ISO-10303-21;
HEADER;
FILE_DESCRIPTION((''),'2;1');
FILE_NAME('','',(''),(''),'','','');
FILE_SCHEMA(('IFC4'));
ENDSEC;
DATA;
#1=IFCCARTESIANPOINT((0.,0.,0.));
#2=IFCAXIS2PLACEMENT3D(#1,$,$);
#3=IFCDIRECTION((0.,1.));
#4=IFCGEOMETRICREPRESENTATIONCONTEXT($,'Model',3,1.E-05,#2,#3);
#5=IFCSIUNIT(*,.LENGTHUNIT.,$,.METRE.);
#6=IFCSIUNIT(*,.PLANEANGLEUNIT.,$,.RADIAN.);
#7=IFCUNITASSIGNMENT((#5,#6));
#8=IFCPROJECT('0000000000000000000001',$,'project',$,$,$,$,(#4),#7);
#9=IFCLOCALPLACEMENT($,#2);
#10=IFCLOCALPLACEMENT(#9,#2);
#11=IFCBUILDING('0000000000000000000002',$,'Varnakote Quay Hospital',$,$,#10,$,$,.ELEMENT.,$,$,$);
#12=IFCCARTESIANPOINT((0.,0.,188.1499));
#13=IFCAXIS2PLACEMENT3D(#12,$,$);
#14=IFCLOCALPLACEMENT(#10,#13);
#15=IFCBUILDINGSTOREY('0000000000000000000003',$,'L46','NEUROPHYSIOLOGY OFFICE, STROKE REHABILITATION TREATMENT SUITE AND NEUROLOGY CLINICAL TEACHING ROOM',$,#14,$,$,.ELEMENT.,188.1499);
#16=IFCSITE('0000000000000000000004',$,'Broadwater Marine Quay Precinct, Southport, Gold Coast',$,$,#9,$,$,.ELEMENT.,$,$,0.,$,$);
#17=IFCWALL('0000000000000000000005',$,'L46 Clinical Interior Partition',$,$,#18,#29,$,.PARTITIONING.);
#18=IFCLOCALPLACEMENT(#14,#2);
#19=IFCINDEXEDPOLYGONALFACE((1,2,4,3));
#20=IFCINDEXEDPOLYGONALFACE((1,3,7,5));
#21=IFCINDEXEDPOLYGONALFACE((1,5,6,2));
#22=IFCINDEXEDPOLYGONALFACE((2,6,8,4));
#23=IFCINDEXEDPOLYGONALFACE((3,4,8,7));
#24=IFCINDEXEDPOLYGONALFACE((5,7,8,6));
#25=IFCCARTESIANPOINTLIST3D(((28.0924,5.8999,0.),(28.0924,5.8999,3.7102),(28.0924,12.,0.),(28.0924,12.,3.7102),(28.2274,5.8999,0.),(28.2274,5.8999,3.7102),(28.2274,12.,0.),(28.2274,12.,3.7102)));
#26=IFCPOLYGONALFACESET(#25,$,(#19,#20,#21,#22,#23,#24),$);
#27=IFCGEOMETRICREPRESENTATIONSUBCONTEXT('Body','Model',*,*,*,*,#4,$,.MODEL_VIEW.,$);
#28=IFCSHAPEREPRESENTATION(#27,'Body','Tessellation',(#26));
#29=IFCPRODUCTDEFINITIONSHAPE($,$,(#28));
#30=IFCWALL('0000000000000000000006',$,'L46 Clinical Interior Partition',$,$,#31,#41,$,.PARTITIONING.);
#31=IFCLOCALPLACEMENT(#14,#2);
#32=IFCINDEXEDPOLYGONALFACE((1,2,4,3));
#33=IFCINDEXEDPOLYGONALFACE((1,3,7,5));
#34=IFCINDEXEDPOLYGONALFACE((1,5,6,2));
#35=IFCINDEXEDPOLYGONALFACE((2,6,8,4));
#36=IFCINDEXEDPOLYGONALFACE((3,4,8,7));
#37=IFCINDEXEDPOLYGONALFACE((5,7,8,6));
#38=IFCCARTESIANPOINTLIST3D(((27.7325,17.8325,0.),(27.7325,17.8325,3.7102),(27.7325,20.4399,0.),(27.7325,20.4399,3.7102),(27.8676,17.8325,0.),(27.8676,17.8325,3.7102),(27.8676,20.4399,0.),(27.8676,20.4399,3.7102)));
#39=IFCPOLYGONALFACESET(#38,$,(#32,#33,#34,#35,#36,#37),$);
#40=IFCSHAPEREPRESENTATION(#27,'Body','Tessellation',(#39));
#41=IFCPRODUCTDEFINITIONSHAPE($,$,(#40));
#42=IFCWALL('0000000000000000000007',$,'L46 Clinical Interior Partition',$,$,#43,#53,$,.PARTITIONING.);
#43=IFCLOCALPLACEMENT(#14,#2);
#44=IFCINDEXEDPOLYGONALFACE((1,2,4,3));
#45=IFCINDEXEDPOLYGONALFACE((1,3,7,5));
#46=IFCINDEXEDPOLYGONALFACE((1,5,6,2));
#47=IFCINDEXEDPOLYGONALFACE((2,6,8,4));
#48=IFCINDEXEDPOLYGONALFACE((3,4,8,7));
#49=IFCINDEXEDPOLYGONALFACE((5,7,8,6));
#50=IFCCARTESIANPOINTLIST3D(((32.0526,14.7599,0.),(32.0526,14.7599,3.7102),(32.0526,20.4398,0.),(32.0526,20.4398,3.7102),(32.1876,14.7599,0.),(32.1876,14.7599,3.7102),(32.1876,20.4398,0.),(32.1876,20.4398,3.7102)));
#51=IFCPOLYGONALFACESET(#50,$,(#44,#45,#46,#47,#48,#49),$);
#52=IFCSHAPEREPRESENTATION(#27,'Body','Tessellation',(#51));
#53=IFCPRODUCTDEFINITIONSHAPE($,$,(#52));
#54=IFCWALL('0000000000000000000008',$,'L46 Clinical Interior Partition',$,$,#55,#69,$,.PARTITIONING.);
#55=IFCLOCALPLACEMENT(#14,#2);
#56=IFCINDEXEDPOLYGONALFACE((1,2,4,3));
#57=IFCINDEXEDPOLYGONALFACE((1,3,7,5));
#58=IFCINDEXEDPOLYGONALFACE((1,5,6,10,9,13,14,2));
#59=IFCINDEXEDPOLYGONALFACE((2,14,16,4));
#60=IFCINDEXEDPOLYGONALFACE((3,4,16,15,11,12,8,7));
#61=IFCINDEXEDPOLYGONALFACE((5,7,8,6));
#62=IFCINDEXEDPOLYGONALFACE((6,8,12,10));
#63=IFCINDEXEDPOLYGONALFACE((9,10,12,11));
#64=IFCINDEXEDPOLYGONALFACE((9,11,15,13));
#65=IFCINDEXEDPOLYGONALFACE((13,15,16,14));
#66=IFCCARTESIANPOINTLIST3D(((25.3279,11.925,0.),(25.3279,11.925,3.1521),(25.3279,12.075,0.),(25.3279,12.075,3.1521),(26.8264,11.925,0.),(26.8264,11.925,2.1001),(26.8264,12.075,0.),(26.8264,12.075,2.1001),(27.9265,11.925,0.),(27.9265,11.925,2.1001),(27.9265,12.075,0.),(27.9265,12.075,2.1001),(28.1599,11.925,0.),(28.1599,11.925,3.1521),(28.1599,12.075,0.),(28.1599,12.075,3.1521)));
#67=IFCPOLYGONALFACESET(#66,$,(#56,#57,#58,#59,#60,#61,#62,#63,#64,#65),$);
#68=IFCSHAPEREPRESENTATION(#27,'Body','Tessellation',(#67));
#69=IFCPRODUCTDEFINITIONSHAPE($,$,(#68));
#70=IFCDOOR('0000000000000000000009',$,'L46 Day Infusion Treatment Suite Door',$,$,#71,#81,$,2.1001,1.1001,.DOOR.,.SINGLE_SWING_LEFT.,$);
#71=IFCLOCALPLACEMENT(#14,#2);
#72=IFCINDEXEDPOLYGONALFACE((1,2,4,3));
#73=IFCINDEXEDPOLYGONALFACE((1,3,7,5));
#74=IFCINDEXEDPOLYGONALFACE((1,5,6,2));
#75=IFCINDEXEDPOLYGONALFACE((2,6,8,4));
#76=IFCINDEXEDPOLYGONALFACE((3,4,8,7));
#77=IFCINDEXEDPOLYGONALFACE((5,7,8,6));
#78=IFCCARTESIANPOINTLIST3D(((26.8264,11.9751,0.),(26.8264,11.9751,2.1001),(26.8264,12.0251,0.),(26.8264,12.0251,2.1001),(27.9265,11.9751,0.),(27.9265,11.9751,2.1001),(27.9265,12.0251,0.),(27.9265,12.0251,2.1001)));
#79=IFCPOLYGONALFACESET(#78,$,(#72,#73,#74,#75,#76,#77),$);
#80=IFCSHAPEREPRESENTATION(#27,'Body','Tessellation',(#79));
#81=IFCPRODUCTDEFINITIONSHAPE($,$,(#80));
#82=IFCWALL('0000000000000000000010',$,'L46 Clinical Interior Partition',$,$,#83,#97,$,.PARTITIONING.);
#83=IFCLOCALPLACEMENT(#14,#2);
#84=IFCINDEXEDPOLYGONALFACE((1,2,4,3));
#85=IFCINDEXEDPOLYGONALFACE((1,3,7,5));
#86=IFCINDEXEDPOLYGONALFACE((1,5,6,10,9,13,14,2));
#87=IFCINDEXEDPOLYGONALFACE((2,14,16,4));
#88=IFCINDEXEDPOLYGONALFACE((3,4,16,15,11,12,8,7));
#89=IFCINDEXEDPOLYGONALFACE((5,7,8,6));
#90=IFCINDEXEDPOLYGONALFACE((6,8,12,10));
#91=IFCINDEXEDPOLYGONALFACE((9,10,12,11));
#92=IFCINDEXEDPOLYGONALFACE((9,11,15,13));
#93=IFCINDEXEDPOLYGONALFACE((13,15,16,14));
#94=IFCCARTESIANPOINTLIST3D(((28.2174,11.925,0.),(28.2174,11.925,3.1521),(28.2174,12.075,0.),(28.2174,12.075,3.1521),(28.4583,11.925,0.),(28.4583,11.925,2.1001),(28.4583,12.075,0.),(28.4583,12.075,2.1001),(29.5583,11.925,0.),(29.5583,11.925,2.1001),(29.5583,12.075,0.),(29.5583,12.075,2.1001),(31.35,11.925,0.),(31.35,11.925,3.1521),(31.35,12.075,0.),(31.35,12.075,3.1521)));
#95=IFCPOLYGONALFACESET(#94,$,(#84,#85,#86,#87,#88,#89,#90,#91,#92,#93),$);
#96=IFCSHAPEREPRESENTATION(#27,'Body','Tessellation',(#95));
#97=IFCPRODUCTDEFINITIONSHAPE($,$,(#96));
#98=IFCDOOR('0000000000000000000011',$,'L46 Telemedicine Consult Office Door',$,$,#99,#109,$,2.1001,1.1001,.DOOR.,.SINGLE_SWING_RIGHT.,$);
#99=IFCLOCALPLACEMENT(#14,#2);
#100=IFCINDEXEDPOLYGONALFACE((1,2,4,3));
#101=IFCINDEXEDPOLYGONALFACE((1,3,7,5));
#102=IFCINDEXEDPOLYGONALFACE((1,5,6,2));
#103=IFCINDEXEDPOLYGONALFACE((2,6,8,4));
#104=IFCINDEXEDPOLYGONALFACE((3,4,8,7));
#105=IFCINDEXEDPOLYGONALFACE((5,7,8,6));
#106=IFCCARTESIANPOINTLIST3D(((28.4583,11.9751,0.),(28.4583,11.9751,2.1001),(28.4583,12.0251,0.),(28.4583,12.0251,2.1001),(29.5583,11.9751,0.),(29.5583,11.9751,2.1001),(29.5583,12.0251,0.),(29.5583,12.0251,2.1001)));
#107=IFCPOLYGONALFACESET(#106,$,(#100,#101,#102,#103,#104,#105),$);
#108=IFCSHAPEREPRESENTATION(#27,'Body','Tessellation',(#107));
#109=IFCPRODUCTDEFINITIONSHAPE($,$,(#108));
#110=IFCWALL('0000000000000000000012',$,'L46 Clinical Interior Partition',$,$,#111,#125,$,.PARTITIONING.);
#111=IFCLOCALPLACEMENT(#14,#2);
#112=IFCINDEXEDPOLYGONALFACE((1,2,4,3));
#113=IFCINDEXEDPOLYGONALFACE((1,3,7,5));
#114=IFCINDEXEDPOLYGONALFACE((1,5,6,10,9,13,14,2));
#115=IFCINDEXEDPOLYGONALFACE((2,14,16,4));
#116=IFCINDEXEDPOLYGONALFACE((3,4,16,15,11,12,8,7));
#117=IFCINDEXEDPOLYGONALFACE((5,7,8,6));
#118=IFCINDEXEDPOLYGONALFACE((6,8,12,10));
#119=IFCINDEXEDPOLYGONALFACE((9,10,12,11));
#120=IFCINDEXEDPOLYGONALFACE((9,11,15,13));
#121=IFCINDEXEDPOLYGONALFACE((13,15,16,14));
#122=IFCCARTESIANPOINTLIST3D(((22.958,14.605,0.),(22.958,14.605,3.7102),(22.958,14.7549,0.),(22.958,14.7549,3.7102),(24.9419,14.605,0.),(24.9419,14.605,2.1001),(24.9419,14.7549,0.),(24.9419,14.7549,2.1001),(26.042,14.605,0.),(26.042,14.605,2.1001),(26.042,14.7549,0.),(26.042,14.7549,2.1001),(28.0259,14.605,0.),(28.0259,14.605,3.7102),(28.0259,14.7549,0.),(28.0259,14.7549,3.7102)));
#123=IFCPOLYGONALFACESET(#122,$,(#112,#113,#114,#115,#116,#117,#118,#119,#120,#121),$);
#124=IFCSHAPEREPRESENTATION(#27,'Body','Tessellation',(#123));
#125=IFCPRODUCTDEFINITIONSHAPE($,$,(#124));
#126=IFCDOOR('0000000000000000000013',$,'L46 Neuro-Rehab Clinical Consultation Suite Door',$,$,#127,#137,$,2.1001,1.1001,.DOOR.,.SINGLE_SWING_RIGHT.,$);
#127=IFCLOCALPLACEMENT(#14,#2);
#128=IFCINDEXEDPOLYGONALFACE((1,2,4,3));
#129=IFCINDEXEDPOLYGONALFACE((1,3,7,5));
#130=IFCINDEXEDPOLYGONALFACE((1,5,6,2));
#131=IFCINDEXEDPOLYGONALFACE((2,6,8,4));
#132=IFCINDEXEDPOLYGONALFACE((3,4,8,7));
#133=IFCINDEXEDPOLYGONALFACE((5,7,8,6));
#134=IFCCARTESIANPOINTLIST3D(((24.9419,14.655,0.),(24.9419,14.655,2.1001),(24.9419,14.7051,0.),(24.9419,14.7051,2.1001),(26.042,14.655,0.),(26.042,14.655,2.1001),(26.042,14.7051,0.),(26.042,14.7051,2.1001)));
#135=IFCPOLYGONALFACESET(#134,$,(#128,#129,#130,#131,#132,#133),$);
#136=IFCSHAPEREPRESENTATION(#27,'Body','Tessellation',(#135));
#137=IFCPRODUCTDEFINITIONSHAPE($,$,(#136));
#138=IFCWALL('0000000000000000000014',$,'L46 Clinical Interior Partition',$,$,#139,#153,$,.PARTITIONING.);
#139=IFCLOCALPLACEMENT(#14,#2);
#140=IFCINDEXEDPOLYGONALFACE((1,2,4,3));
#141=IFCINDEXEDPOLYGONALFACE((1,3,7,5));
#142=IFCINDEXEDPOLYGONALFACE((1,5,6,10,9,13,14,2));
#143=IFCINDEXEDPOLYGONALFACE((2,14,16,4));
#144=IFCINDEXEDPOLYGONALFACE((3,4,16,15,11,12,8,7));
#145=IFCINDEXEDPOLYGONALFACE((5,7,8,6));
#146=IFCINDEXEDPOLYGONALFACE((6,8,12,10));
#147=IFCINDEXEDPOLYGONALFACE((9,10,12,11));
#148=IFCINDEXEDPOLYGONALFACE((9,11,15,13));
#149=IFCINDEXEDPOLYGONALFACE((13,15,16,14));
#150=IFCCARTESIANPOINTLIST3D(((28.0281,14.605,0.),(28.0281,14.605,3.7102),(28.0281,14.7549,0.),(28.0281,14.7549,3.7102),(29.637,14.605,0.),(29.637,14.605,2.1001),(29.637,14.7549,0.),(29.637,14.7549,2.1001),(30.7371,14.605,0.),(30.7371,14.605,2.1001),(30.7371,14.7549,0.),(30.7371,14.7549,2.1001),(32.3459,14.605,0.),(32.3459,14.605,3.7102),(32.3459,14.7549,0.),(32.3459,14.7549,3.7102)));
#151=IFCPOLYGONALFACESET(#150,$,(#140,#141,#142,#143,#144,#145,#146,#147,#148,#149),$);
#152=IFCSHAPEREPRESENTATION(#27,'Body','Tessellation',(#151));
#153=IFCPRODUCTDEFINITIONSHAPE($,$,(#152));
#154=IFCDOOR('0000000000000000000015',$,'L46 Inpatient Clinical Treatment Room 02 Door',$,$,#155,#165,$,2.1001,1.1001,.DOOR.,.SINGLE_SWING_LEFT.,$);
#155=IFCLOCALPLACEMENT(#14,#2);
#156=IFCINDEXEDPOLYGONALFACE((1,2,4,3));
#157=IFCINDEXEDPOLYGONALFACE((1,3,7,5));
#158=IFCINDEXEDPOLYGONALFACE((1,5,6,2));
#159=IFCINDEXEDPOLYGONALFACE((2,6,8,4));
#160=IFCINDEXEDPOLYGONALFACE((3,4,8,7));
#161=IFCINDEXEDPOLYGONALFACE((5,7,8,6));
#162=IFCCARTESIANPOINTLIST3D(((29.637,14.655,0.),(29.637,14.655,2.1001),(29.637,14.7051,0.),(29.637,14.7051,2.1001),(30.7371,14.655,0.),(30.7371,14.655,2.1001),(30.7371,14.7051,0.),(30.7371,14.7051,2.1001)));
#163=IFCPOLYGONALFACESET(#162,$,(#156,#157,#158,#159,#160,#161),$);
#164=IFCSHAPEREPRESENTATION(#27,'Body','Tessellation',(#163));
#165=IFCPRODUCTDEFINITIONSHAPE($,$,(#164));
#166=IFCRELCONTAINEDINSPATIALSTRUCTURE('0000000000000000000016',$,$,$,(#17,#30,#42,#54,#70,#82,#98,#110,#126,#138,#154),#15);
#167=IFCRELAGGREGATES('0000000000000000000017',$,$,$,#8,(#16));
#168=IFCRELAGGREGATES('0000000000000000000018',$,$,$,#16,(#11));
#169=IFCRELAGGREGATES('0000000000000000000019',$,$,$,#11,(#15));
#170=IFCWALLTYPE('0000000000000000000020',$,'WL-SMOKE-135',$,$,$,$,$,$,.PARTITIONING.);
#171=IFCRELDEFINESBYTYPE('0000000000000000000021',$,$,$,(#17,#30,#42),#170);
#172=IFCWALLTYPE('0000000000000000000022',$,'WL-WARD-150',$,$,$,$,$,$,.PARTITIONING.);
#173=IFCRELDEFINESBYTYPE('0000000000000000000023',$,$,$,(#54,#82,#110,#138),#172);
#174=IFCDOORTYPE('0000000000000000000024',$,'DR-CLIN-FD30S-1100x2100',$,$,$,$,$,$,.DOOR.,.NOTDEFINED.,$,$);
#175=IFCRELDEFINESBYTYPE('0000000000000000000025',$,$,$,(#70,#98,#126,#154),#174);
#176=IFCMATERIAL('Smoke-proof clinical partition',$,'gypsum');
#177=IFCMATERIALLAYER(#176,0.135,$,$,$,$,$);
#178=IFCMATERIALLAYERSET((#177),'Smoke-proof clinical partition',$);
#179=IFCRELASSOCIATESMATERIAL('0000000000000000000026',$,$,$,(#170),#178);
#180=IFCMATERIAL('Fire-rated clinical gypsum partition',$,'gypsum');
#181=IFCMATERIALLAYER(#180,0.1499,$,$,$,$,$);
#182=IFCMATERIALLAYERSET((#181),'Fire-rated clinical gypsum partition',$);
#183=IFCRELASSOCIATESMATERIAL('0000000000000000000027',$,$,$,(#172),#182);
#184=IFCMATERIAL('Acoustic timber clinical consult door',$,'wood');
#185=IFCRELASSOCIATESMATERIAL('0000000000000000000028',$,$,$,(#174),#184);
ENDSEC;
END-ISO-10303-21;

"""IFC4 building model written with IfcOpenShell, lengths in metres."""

from ifc_helpers import new_model, si_unit, direction, frame, frame_2d, origin, place, context, subcontext, project, spatial, rectangle, extrude, material, layer, layer_set, type_object, element, fill, save


model = new_model("IFC4")

# Units and contexts
model_context = context("Model", 3, precision=1e-05, world=origin(), true_north=direction((0.0, 1.0)))
body_context = subcontext(model_context, "Body", "Model", "MODEL_VIEW")
ifc_project = project(units=[si_unit("LENGTHUNIT", "METRE"), si_unit("PLANEANGLEUNIT", "RADIAN")], contexts=[model_context])

# Site, building, storey
site_placement = place(None, origin())
site = spatial("IfcSite", under=ifc_project, at=site_placement, Name="Broadwater Marine Quay Precinct, Southport, Gold Coast", CompositionType="ELEMENT", RefElevation=0.0)
building_placement = place(site_placement, origin())
building = spatial("IfcBuilding", under=site, at=building_placement, Name="Varnakote Quay Hospital", CompositionType="ELEMENT")
storey_placement = place(building_placement, frame((0.0, 0.0, 188.1499)))
storey = spatial("IfcBuildingStorey", under=building, at=storey_placement, Name="L46", Description="NEUROPHYSIOLOGY OFFICE, STROKE REHABILITATION TREATMENT SUITE AND NEUROLOGY CLINICAL TEACHING ROOM", CompositionType="ELEMENT", Elevation=188.1499)

# Walls
ifc_material_1 = material(Name="Smoke-proof clinical partition", Category="gypsum")
ifc_layer_1 = layer(ifc_material_1, 0.135)
ifc_layer_set_1 = layer_set([ifc_layer_1], Name="Smoke-proof clinical partition")
wall_type_1 = type_object("IfcWallType", Name="WL-SMOKE-135", PredefinedType="PARTITIONING", material=ifc_layer_set_1)
wall_1_placement = place(storey_placement, frame((28.1599, 5.8999, 0.0), z_axis=(0.0, 0.0, 1.0), x_axis=(0.0, 1.0, 0.0)))
element("IfcWall", 1, at=wall_1_placement, inside=storey, type_object=wall_type_1, Name="L46 Clinical Interior Partition", PredefinedType="PARTITIONING", context=body_context, shape_type="SweptSolid", body=[
    extrude(rectangle(XDim=6.1001, YDim=0.135, at=frame_2d((3.05, 0.0))), origin(), (0.0, 0.0, 1.0), 3.7102),
])
wall_2_placement = place(storey_placement, frame((27.8, 17.8325, 0.0), z_axis=(0.0, 0.0, 1.0), x_axis=(0.0, 1.0, 0.0)))
element("IfcWall", 2, at=wall_2_placement, inside=storey, type_object=wall_type_1, Name="L46 Clinical Interior Partition", PredefinedType="PARTITIONING", context=body_context, shape_type="SweptSolid", body=[
    extrude(rectangle(XDim=2.6074, YDim=0.135, at=frame_2d((1.3037, 0.0))), origin(), (0.0, 0.0, 1.0), 3.7102),
])
wall_3_placement = place(storey_placement, frame((32.1201, 14.76, 0.0), z_axis=(0.0, 0.0, 1.0), x_axis=(0.0, 1.0, 0.0)))
element("IfcWall", 3, at=wall_3_placement, inside=storey, type_object=wall_type_1, Name="L46 Clinical Interior Partition", PredefinedType="PARTITIONING", context=body_context, shape_type="SweptSolid", body=[
    extrude(rectangle(XDim=5.6799, YDim=0.135, at=frame_2d((2.8398, 0.0))), origin(), (0.0, 0.0, 1.0), 3.7102),
])

# Walls, openings, doors
ifc_material_2 = material(Name="Fire-rated clinical gypsum partition", Category="gypsum")
ifc_layer_2 = layer(ifc_material_2, 0.1499)
ifc_layer_set_2 = layer_set([ifc_layer_2], Name="Fire-rated clinical gypsum partition")
wall_type_2 = type_object("IfcWallType", Name="WL-WARD-150", PredefinedType="PARTITIONING", material=ifc_layer_set_2)
wall_4_placement = place(storey_placement, frame((28.1599, 12.0, 0.0), z_axis=(0.0, 0.0, 1.0), x_axis=(-1.0, 0.0, 0.0)))
wall_4 = element("IfcWall", 4, at=wall_4_placement, inside=storey, type_object=wall_type_2, Name="L46 Clinical Interior Partition", PredefinedType="PARTITIONING", context=body_context, shape_type="SweptSolid", body=[
    extrude(rectangle(XDim=2.832, YDim=0.1499, at=frame_2d((1.416, 0.0))), origin(), (0.0, 0.0, 1.0), 3.1521),
])
opening_1_placement = place(wall_4_placement, frame((0.2334, 0.0, 0.0)))
opening_1 = element("IfcOpeningElement", 5, at=opening_1_placement, cuts=wall_4, PredefinedType="OPENING", context=body_context, shape_type="SweptSolid", body=[
    extrude(rectangle(XDim=1.1001, YDim=2.1001, at=frame_2d((0.55, 1.05))), frame((0.0, 0.085, 0.0), z_axis=(0.0, -1.0, 0.0), x_axis=(1.0, 0.0, 0.0)), (0.0, 0.0, 1.0), 0.1699),
])
ifc_material_3 = material(Name="Acoustic timber clinical consult door", Category="wood")
door_type_1 = type_object("IfcDoorType", Name="DR-CLIN-FD30S-1100x2100", OperationType="NOTDEFINED", PredefinedType="DOOR", material=ifc_material_3)
door_1_placement = place(opening_1_placement, origin())
door_1 = element("IfcDoor", 6, at=door_1_placement, inside=storey, type_object=door_type_1, Name="L46 Day Infusion Treatment Suite Door", OperationType="SINGLE_SWING_LEFT", OverallHeight=2.1001, OverallWidth=1.1001, PredefinedType="DOOR", context=body_context, shape_type="SweptSolid", body=[
    extrude(rectangle(XDim=1.1001, YDim=2.1001, at=frame_2d((0.55, 1.05))), frame((0.0, 0.0249, 0.0), z_axis=(0.0, -1.0, 0.0), x_axis=(1.0, 0.0, 0.0)), (0.0, 0.0, 1.0), 0.05),
])
fill(opening_1, door_1)
wall_5_placement = place(storey_placement, frame((31.3501, 12.0, 0.0), z_axis=(0.0, 0.0, 1.0), x_axis=(-1.0, 0.0, 0.0)))
wall_5 = element("IfcWall", 7, at=wall_5_placement, inside=storey, type_object=wall_type_2, Name="L46 Clinical Interior Partition", PredefinedType="PARTITIONING", context=body_context, shape_type="SweptSolid", body=[
    extrude(rectangle(XDim=3.1326, YDim=0.1499, at=frame_2d((1.5664, 0.0))), origin(), (0.0, 0.0, 1.0), 3.1521),
])
opening_2_placement = place(wall_5_placement, frame((1.7917, 0.0, 0.0)))
opening_2 = element("IfcOpeningElement", 8, at=opening_2_placement, cuts=wall_5, PredefinedType="OPENING", context=body_context, shape_type="SweptSolid", body=[
    extrude(rectangle(XDim=1.1001, YDim=2.1001, at=frame_2d((0.55, 1.05))), frame((0.0, 0.085, 0.0), z_axis=(0.0, -1.0, 0.0), x_axis=(1.0, 0.0, 0.0)), (0.0, 0.0, 1.0), 0.1699),
])
door_2_placement = place(opening_2_placement, origin())
door_2 = element("IfcDoor", 9, at=door_2_placement, inside=storey, type_object=door_type_1, Name="L46 Telemedicine Consult Office Door", OperationType="SINGLE_SWING_RIGHT", OverallHeight=2.1001, OverallWidth=1.1001, PredefinedType="DOOR", context=body_context, shape_type="SweptSolid", body=[
    extrude(rectangle(XDim=1.1001, YDim=2.1001, at=frame_2d((0.55, 1.05))), frame((0.0, 0.0249, 0.0), z_axis=(0.0, -1.0, 0.0), x_axis=(1.0, 0.0, 0.0)), (0.0, 0.0, 1.0), 0.05),
])
fill(opening_2, door_2)
wall_6_placement = place(storey_placement, frame((28.0259, 14.6799, 0.0), z_axis=(0.0, 0.0, 1.0), x_axis=(-1.0, 0.0, 0.0)))
wall_6 = element("IfcWall", 10, at=wall_6_placement, inside=storey, type_object=wall_type_2, Name="L46 Clinical Interior Partition", PredefinedType="PARTITIONING", context=body_context, shape_type="SweptSolid", body=[
    extrude(rectangle(XDim=5.0679, YDim=0.1499, at=frame_2d((2.5339, 0.0))), origin(), (0.0, 0.0, 1.0), 3.7102),
])
opening_3_placement = place(wall_6_placement, frame((1.9839, 0.0, 0.0)))
opening_3 = element("IfcOpeningElement", 11, at=opening_3_placement, cuts=wall_6, PredefinedType="OPENING", context=body_context, shape_type="SweptSolid", body=[
    extrude(rectangle(XDim=1.1001, YDim=2.1001, at=frame_2d((0.55, 1.05))), frame((0.0, 0.085, 0.0), z_axis=(0.0, -1.0, 0.0), x_axis=(1.0, 0.0, 0.0)), (0.0, 0.0, 1.0), 0.1699),
])
door_3_placement = place(opening_3_placement, origin())
door_3 = element("IfcDoor", 12, at=door_3_placement, inside=storey, type_object=door_type_1, Name="L46 Neuro-Rehab Clinical Consultation Suite Door", OperationType="SINGLE_SWING_RIGHT", OverallHeight=2.1001, OverallWidth=1.1001, PredefinedType="DOOR", context=body_context, shape_type="SweptSolid", body=[
    extrude(rectangle(XDim=1.1001, YDim=2.1001, at=frame_2d((0.55, 1.05))), frame((0.0, 0.0249, 0.0), z_axis=(0.0, -1.0, 0.0), x_axis=(1.0, 0.0, 0.0)), (0.0, 0.0, 1.0), 0.05),
])
fill(opening_3, door_3)
wall_7_placement = place(storey_placement, frame((32.3459, 14.6799, 0.0), z_axis=(0.0, 0.0, 1.0), x_axis=(-1.0, 0.0, 0.0)))
wall_7 = element("IfcWall", 13, at=wall_7_placement, inside=storey, type_object=wall_type_2, Name="L46 Clinical Interior Partition", PredefinedType="PARTITIONING", context=body_context, shape_type="SweptSolid", body=[
    extrude(rectangle(XDim=4.3179, YDim=0.1499, at=frame_2d((2.1589, 0.0))), origin(), (0.0, 0.0, 1.0), 3.7102),
])
opening_4_placement = place(wall_7_placement, frame((1.6089, 0.0, 0.0)))
opening_4 = element("IfcOpeningElement", 14, at=opening_4_placement, cuts=wall_7, PredefinedType="OPENING", context=body_context, shape_type="SweptSolid", body=[
    extrude(rectangle(XDim=1.1001, YDim=2.1001, at=frame_2d((0.55, 1.05))), frame((0.0, 0.085, 0.0), z_axis=(0.0, -1.0, 0.0), x_axis=(1.0, 0.0, 0.0)), (0.0, 0.0, 1.0), 0.1699),
])
door_4_placement = place(opening_4_placement, origin())
door_4 = element("IfcDoor", 15, at=door_4_placement, inside=storey, type_object=door_type_1, Name="L46 Inpatient Clinical Treatment Room 02 Door", OperationType="SINGLE_SWING_LEFT", OverallHeight=2.1001, OverallWidth=1.1001, PredefinedType="DOOR", context=body_context, shape_type="SweptSolid", body=[
    extrude(rectangle(XDim=1.1001, YDim=2.1001, at=frame_2d((0.55, 1.05))), frame((0.0, 0.0249, 0.0), z_axis=(0.0, -1.0, 0.0), x_axis=(1.0, 0.0, 0.0)), (0.0, 0.0, 1.0), 0.05),
])
fill(opening_4, door_4)

save(model, "model.ifc")
